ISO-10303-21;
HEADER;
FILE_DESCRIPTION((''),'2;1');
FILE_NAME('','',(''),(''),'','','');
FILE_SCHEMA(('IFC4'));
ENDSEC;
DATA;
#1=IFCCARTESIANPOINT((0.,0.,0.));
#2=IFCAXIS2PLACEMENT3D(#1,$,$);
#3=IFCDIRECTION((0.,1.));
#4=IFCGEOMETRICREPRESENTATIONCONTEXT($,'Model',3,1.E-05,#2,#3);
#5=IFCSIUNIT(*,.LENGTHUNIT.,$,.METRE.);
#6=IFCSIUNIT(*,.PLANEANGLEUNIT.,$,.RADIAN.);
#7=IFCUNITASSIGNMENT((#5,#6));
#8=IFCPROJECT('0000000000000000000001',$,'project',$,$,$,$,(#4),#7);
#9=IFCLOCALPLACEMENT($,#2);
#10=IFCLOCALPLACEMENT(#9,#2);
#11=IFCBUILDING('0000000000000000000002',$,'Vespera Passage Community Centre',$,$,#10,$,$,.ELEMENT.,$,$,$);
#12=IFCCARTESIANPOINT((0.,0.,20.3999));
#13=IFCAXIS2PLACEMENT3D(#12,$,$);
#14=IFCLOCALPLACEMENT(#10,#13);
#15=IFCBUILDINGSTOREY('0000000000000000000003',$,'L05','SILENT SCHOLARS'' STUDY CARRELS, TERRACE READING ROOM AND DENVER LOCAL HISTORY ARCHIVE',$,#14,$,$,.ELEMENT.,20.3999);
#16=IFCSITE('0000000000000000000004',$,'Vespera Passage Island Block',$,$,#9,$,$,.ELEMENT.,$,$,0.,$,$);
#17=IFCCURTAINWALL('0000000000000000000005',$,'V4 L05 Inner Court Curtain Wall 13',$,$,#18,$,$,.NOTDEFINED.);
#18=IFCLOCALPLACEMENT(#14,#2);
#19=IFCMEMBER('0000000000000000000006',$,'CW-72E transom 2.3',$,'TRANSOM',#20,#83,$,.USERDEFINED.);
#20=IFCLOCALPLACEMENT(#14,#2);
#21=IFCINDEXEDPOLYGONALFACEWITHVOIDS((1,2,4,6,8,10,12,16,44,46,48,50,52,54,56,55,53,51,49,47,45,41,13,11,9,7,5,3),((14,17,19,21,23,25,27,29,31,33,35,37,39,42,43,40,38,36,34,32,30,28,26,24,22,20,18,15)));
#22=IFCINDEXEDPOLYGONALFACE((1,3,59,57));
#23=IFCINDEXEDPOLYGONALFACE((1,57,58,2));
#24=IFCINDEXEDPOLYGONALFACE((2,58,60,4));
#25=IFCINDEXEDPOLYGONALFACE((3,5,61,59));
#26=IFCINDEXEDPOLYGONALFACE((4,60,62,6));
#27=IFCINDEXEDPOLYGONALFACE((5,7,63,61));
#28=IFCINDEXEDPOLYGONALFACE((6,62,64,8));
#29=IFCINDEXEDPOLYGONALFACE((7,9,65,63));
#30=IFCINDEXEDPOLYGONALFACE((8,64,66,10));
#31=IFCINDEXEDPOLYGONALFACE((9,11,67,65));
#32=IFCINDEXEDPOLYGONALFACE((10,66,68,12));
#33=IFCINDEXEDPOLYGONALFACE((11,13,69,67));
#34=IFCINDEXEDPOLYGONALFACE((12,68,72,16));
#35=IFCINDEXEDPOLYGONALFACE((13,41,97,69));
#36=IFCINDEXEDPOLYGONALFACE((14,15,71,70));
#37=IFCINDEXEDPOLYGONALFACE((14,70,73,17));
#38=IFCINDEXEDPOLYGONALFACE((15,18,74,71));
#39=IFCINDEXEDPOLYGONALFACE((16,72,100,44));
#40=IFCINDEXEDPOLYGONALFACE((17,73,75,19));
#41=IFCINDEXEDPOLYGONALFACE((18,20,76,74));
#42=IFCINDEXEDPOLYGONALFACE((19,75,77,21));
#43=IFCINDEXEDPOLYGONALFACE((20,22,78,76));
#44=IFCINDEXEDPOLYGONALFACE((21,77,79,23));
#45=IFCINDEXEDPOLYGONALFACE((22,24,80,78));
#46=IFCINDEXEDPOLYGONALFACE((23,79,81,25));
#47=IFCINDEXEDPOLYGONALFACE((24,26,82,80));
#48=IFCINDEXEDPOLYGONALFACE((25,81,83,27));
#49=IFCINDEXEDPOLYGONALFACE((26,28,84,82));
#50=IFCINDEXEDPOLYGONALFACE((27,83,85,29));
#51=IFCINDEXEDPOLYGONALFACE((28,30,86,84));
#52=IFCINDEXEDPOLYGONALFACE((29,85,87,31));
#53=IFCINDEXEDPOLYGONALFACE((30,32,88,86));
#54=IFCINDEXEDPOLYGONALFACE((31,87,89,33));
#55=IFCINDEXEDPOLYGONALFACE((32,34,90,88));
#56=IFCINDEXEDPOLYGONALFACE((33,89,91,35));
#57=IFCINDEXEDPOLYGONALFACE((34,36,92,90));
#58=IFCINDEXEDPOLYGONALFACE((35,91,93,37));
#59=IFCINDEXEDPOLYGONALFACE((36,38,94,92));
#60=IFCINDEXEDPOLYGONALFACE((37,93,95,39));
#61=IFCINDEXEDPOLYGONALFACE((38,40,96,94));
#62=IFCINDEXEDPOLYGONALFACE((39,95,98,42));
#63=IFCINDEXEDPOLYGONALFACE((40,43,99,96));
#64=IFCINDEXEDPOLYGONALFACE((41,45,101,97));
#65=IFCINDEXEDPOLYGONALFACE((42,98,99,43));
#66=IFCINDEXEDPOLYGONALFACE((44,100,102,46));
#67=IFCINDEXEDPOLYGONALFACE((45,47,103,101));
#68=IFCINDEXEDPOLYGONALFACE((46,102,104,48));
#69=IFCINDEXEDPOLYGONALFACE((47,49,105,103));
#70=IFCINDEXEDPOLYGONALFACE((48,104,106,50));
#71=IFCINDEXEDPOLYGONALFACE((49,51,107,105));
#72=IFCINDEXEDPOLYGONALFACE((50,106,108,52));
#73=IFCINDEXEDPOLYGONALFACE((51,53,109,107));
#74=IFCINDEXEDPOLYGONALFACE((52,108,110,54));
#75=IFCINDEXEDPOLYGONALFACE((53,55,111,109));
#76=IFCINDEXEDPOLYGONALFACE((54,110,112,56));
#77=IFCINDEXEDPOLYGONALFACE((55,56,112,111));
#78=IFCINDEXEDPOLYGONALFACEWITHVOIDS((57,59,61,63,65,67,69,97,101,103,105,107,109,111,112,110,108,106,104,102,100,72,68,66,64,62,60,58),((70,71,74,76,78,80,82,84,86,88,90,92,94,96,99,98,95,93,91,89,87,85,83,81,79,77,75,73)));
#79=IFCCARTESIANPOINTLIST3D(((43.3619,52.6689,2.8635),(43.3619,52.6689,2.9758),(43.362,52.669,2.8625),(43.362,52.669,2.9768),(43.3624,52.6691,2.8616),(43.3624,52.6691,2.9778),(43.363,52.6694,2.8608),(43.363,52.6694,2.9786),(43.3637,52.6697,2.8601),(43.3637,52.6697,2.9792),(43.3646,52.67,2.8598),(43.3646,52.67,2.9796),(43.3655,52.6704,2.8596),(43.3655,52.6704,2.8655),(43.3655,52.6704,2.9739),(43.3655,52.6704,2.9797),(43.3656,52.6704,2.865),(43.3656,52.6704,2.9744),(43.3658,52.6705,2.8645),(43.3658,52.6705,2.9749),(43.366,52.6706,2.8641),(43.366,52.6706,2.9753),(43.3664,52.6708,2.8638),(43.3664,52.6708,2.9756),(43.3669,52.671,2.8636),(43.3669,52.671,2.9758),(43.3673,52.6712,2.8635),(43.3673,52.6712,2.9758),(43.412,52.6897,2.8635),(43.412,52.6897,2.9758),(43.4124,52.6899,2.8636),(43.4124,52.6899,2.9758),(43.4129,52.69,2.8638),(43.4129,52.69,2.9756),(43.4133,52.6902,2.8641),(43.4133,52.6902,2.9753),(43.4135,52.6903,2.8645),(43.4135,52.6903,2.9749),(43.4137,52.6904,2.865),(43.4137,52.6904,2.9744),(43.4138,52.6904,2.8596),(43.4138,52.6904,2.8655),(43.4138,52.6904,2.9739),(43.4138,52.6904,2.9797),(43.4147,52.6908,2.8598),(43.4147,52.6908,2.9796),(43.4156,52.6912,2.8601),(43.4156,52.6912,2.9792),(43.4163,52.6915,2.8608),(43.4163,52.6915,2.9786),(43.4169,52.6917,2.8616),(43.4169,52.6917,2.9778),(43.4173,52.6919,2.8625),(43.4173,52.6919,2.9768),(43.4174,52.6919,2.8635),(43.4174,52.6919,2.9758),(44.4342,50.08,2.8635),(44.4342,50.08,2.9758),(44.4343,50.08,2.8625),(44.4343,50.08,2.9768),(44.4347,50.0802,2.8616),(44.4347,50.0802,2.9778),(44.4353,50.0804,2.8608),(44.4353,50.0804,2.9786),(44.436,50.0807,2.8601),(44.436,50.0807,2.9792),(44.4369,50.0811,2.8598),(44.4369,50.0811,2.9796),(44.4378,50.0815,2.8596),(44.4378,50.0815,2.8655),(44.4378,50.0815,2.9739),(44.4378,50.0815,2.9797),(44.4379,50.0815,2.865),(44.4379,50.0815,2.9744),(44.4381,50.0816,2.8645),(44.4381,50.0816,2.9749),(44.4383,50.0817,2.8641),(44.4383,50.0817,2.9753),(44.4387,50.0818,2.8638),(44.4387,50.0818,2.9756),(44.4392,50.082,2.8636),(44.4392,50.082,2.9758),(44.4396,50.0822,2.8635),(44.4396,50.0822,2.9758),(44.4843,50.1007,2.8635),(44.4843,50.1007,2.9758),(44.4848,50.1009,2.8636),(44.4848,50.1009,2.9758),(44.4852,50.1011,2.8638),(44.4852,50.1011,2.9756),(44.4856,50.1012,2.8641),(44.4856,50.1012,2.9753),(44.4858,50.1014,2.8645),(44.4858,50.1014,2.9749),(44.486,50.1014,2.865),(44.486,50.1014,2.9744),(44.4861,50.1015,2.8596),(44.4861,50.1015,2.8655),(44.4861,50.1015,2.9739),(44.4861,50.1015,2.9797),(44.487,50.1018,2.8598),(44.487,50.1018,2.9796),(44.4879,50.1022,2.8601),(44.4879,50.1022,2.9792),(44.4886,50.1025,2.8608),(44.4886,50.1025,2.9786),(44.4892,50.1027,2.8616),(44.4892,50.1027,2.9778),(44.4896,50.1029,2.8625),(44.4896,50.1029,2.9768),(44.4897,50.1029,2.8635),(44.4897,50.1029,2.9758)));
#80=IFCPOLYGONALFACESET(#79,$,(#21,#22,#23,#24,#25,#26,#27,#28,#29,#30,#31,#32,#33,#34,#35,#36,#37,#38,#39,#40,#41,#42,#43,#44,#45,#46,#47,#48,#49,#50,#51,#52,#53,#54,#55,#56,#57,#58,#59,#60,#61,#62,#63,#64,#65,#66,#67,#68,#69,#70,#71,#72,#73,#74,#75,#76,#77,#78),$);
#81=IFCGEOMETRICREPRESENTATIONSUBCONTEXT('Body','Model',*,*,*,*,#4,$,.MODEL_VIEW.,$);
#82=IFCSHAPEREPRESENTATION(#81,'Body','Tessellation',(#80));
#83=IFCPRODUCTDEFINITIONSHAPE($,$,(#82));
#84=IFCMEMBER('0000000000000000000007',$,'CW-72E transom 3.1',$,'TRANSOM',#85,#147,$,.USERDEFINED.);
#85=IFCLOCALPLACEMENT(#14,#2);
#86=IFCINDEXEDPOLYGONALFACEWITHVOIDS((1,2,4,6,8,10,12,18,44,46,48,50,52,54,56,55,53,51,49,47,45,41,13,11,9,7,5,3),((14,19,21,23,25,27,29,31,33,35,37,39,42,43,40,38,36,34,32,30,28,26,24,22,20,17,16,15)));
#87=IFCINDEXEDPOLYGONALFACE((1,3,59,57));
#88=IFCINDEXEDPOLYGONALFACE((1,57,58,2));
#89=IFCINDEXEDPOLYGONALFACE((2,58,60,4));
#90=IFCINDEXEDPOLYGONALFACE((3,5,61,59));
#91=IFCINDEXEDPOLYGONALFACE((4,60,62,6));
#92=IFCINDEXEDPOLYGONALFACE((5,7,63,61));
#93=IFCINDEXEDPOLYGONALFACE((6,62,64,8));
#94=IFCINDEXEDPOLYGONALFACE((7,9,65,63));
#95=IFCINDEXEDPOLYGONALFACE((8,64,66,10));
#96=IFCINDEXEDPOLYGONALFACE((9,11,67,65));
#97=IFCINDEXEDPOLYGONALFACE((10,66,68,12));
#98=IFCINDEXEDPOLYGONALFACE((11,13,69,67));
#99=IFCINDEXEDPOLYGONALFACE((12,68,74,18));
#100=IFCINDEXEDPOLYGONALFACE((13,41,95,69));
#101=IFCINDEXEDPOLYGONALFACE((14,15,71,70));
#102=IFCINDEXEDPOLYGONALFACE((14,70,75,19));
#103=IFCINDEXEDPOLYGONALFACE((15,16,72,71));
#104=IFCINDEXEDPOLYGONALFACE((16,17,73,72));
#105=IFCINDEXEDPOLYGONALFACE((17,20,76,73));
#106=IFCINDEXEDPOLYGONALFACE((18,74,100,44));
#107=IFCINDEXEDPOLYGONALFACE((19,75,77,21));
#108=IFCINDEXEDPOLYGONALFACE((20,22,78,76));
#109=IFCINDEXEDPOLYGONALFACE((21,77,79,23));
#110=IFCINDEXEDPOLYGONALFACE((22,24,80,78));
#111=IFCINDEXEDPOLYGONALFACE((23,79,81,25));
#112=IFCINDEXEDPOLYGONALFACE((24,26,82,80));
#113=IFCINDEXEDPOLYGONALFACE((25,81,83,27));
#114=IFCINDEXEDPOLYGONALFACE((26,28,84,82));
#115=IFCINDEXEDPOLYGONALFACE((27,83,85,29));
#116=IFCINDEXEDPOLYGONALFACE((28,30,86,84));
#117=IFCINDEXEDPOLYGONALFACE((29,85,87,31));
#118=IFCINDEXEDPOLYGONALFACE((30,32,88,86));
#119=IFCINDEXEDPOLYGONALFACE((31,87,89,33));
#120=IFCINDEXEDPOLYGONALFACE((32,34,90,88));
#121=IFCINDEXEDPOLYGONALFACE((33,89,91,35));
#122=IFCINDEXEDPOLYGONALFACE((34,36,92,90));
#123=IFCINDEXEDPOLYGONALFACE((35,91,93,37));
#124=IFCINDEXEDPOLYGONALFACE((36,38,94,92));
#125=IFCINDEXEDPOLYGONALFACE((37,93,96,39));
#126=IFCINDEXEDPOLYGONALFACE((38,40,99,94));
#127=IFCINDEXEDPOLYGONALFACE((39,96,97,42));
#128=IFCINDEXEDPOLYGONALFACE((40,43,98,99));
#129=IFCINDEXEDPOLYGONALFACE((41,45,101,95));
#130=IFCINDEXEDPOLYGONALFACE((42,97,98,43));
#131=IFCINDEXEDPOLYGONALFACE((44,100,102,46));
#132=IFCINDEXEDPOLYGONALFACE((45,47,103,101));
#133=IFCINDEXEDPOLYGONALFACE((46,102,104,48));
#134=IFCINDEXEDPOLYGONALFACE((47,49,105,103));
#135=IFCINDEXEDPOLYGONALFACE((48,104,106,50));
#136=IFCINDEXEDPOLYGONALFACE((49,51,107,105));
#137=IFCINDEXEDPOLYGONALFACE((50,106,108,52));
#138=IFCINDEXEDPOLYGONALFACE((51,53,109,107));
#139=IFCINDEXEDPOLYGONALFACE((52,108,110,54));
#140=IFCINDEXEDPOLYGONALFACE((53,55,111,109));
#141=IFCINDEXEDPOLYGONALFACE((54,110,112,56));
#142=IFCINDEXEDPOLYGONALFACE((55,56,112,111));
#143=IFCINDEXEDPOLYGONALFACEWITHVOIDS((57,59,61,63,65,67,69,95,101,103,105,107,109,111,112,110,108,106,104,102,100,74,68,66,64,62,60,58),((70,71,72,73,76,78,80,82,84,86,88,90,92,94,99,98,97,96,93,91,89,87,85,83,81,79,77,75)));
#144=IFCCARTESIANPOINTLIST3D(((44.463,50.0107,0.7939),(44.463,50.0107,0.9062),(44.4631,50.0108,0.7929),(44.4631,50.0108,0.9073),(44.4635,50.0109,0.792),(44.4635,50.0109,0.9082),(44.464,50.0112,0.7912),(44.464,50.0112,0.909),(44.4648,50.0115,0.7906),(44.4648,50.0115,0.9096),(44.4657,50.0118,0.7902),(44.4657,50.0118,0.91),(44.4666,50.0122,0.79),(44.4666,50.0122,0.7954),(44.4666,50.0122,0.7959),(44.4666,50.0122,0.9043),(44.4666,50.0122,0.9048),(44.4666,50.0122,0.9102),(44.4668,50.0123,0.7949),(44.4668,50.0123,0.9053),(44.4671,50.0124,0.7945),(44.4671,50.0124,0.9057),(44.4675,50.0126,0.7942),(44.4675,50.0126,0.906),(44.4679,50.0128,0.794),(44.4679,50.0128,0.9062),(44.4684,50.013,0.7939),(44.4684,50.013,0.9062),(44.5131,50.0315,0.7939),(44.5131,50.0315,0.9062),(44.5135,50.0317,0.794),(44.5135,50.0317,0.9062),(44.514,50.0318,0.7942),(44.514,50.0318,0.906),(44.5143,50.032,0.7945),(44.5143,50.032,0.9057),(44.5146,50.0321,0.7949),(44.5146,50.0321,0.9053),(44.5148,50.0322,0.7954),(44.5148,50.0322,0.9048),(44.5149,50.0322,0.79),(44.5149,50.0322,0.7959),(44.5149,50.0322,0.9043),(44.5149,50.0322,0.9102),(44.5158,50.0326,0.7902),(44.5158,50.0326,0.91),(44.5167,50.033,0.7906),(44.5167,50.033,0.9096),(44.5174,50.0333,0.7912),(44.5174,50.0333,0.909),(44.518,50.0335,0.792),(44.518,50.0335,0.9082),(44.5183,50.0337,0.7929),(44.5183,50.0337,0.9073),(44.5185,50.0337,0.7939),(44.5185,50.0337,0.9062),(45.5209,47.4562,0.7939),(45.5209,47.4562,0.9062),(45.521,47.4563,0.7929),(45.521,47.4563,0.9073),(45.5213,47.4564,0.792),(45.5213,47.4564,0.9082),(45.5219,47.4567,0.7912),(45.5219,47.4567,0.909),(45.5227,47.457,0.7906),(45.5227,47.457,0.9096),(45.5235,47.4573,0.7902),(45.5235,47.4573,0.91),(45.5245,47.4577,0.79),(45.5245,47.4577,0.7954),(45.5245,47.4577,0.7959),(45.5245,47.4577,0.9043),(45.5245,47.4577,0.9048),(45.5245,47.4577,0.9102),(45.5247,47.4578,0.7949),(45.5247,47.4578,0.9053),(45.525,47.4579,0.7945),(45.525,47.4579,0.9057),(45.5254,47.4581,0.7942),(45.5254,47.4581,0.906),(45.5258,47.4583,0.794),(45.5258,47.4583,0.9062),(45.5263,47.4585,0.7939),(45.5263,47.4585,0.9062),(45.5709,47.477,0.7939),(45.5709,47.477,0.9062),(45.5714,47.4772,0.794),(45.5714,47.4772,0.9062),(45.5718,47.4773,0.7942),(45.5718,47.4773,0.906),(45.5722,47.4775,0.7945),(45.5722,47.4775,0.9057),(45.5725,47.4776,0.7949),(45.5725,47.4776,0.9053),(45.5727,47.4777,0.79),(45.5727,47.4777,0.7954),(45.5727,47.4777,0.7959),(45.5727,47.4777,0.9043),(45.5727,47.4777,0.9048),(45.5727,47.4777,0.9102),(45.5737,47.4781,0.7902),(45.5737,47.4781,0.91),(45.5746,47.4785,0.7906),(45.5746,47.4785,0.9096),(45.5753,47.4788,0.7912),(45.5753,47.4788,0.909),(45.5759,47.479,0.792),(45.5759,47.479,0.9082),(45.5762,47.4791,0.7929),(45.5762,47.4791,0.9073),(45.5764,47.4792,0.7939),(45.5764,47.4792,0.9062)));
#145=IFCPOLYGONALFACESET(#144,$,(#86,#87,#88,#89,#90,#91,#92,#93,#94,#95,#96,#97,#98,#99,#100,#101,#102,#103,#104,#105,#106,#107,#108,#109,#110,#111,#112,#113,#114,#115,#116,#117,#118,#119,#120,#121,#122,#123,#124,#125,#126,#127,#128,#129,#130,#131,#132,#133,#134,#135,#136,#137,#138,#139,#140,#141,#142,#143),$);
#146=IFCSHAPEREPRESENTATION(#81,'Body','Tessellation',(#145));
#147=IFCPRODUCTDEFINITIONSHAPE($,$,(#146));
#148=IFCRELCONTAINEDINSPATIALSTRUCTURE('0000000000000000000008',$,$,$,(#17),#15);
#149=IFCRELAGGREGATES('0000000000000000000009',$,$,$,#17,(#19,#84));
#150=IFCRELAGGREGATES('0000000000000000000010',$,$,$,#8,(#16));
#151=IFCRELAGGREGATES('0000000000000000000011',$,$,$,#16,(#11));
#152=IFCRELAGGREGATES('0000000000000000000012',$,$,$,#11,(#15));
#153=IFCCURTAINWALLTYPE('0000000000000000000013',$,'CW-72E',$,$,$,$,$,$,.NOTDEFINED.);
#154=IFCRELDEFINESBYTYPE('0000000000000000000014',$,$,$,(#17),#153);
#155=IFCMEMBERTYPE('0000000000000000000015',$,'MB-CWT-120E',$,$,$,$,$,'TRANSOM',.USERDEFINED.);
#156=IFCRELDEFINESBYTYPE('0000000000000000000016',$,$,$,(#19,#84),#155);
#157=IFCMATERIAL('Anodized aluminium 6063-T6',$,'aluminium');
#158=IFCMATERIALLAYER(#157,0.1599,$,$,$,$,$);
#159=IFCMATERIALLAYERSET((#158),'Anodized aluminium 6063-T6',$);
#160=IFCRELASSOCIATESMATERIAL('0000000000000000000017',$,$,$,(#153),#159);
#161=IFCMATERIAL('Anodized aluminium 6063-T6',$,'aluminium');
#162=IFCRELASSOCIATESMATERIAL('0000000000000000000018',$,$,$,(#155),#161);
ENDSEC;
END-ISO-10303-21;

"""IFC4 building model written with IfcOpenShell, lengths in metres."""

from ifc_helpers import new_model, si_unit, direction, frame, origin, origin_2d, place, context, subcontext, project, spatial, hollow_rectangle, extrude, material, layer, layer_set, material_profile, profile_set, type_object, element, aggregate, save


model = new_model("IFC4")

# Units and contexts
model_context = context("Model", 3, precision=1e-05, world=origin(), true_north=direction((0.0, 1.0)))
body_context = subcontext(model_context, "Body", "Model", "MODEL_VIEW")
ifc_project = project(units=[si_unit("LENGTHUNIT", "METRE"), si_unit("PLANEANGLEUNIT", "RADIAN")], contexts=[model_context])

# Site, building, storey
site_placement = place(None, origin())
site = spatial("IfcSite", under=ifc_project, at=site_placement, Name="Vespera Passage Island Block", CompositionType="ELEMENT", RefElevation=0.0)
building_placement = place(site_placement, origin())
building = spatial("IfcBuilding", under=site, at=building_placement, Name="Vespera Passage Community Centre", CompositionType="ELEMENT")
storey_placement = place(building_placement, frame((0.0, 0.0, 20.3999)))
storey = spatial("IfcBuildingStorey", under=building, at=storey_placement, Name="L05", Description="SILENT SCHOLARS' STUDY CARRELS, TERRACE READING ROOM AND DENVER LOCAL HISTORY ARCHIVE", CompositionType="ELEMENT", Elevation=20.3999)

# Curtain wall
ifc_material_1 = material(Name="Anodized aluminium 6063-T6", Category="aluminium")
ifc_layer_1 = layer(ifc_material_1, 0.1599)
ifc_layer_set_1 = layer_set([ifc_layer_1], Name="Anodized aluminium 6063-T6")
curtain_wall_type_1 = type_object("IfcCurtainWallType", Name="CW-72E", PredefinedType="NOTDEFINED", material=ifc_layer_set_1)
curtain_wall_1_placement = place(storey_placement, origin())
curtain_wall_1 = element("IfcCurtainWall", 1, at=curtain_wall_1_placement, inside=storey, type_object=curtain_wall_type_1, Name="V4 L05 Inner Court Curtain Wall 13", PredefinedType="NOTDEFINED")

# Members
ifc_material_2 = material(Name="Anodized aluminium 6063-T6", Category="aluminium")
ifc_material_profile_1 = material_profile(ifc_material_2, hollow_rectangle(XDim=0.0601, YDim=0.1201, WallThickness=0.0039, InnerFilletRadius=0.002, OuterFilletRadius=0.0039, at=origin_2d()), Name="ALU120X60X4")
ifc_profile_set_1 = profile_set([ifc_material_profile_1], Name="Anodized aluminium 6063-T6")
member_type_1 = type_object("IfcMemberType", Name="MB-CWT-120E", ElementType="TRANSOM", PredefinedType="USERDEFINED", material=ifc_profile_set_1)
member_1_placement = place(storey_placement, frame((43.3896, 52.6804, 2.9197), z_axis=(0.38266, -0.923889, 0.0), x_axis=(0.923889, 0.38266, 0.0)))
member_1 = element("IfcMember", 2, at=member_1_placement, type_object=member_type_1, Name="CW-72E transom 2.3", ObjectType="TRANSOM", PredefinedType="USERDEFINED", context=body_context, shape_type="SweptSolid", body=[
    extrude(hollow_rectangle(XDim=0.0601, YDim=0.1201, WallThickness=0.0039, InnerFilletRadius=0.002, OuterFilletRadius=0.0039, at=origin_2d()), origin(), (0.0, 0.0, 1.0), 2.8022),
])
member_2_placement = place(storey_placement, frame((44.4907, 50.0222, 0.8501), z_axis=(0.382614, -0.923908, 0.0), x_axis=(0.923908, 0.382614, 0.0)))
member_2 = element("IfcMember", 3, at=member_2_placement, type_object=member_type_1, Name="CW-72E transom 3.1", ObjectType="TRANSOM", PredefinedType="USERDEFINED", context=body_context, shape_type="SweptSolid", body=[
    extrude(hollow_rectangle(XDim=0.0601, YDim=0.1201, WallThickness=0.0039, InnerFilletRadius=0.002, OuterFilletRadius=0.0039, at=origin_2d()), origin(), (0.0, 0.0, 1.0), 2.7649),
])

aggregate(curtain_wall_1, [member_1, member_2])

save(model, "model.ifc")
